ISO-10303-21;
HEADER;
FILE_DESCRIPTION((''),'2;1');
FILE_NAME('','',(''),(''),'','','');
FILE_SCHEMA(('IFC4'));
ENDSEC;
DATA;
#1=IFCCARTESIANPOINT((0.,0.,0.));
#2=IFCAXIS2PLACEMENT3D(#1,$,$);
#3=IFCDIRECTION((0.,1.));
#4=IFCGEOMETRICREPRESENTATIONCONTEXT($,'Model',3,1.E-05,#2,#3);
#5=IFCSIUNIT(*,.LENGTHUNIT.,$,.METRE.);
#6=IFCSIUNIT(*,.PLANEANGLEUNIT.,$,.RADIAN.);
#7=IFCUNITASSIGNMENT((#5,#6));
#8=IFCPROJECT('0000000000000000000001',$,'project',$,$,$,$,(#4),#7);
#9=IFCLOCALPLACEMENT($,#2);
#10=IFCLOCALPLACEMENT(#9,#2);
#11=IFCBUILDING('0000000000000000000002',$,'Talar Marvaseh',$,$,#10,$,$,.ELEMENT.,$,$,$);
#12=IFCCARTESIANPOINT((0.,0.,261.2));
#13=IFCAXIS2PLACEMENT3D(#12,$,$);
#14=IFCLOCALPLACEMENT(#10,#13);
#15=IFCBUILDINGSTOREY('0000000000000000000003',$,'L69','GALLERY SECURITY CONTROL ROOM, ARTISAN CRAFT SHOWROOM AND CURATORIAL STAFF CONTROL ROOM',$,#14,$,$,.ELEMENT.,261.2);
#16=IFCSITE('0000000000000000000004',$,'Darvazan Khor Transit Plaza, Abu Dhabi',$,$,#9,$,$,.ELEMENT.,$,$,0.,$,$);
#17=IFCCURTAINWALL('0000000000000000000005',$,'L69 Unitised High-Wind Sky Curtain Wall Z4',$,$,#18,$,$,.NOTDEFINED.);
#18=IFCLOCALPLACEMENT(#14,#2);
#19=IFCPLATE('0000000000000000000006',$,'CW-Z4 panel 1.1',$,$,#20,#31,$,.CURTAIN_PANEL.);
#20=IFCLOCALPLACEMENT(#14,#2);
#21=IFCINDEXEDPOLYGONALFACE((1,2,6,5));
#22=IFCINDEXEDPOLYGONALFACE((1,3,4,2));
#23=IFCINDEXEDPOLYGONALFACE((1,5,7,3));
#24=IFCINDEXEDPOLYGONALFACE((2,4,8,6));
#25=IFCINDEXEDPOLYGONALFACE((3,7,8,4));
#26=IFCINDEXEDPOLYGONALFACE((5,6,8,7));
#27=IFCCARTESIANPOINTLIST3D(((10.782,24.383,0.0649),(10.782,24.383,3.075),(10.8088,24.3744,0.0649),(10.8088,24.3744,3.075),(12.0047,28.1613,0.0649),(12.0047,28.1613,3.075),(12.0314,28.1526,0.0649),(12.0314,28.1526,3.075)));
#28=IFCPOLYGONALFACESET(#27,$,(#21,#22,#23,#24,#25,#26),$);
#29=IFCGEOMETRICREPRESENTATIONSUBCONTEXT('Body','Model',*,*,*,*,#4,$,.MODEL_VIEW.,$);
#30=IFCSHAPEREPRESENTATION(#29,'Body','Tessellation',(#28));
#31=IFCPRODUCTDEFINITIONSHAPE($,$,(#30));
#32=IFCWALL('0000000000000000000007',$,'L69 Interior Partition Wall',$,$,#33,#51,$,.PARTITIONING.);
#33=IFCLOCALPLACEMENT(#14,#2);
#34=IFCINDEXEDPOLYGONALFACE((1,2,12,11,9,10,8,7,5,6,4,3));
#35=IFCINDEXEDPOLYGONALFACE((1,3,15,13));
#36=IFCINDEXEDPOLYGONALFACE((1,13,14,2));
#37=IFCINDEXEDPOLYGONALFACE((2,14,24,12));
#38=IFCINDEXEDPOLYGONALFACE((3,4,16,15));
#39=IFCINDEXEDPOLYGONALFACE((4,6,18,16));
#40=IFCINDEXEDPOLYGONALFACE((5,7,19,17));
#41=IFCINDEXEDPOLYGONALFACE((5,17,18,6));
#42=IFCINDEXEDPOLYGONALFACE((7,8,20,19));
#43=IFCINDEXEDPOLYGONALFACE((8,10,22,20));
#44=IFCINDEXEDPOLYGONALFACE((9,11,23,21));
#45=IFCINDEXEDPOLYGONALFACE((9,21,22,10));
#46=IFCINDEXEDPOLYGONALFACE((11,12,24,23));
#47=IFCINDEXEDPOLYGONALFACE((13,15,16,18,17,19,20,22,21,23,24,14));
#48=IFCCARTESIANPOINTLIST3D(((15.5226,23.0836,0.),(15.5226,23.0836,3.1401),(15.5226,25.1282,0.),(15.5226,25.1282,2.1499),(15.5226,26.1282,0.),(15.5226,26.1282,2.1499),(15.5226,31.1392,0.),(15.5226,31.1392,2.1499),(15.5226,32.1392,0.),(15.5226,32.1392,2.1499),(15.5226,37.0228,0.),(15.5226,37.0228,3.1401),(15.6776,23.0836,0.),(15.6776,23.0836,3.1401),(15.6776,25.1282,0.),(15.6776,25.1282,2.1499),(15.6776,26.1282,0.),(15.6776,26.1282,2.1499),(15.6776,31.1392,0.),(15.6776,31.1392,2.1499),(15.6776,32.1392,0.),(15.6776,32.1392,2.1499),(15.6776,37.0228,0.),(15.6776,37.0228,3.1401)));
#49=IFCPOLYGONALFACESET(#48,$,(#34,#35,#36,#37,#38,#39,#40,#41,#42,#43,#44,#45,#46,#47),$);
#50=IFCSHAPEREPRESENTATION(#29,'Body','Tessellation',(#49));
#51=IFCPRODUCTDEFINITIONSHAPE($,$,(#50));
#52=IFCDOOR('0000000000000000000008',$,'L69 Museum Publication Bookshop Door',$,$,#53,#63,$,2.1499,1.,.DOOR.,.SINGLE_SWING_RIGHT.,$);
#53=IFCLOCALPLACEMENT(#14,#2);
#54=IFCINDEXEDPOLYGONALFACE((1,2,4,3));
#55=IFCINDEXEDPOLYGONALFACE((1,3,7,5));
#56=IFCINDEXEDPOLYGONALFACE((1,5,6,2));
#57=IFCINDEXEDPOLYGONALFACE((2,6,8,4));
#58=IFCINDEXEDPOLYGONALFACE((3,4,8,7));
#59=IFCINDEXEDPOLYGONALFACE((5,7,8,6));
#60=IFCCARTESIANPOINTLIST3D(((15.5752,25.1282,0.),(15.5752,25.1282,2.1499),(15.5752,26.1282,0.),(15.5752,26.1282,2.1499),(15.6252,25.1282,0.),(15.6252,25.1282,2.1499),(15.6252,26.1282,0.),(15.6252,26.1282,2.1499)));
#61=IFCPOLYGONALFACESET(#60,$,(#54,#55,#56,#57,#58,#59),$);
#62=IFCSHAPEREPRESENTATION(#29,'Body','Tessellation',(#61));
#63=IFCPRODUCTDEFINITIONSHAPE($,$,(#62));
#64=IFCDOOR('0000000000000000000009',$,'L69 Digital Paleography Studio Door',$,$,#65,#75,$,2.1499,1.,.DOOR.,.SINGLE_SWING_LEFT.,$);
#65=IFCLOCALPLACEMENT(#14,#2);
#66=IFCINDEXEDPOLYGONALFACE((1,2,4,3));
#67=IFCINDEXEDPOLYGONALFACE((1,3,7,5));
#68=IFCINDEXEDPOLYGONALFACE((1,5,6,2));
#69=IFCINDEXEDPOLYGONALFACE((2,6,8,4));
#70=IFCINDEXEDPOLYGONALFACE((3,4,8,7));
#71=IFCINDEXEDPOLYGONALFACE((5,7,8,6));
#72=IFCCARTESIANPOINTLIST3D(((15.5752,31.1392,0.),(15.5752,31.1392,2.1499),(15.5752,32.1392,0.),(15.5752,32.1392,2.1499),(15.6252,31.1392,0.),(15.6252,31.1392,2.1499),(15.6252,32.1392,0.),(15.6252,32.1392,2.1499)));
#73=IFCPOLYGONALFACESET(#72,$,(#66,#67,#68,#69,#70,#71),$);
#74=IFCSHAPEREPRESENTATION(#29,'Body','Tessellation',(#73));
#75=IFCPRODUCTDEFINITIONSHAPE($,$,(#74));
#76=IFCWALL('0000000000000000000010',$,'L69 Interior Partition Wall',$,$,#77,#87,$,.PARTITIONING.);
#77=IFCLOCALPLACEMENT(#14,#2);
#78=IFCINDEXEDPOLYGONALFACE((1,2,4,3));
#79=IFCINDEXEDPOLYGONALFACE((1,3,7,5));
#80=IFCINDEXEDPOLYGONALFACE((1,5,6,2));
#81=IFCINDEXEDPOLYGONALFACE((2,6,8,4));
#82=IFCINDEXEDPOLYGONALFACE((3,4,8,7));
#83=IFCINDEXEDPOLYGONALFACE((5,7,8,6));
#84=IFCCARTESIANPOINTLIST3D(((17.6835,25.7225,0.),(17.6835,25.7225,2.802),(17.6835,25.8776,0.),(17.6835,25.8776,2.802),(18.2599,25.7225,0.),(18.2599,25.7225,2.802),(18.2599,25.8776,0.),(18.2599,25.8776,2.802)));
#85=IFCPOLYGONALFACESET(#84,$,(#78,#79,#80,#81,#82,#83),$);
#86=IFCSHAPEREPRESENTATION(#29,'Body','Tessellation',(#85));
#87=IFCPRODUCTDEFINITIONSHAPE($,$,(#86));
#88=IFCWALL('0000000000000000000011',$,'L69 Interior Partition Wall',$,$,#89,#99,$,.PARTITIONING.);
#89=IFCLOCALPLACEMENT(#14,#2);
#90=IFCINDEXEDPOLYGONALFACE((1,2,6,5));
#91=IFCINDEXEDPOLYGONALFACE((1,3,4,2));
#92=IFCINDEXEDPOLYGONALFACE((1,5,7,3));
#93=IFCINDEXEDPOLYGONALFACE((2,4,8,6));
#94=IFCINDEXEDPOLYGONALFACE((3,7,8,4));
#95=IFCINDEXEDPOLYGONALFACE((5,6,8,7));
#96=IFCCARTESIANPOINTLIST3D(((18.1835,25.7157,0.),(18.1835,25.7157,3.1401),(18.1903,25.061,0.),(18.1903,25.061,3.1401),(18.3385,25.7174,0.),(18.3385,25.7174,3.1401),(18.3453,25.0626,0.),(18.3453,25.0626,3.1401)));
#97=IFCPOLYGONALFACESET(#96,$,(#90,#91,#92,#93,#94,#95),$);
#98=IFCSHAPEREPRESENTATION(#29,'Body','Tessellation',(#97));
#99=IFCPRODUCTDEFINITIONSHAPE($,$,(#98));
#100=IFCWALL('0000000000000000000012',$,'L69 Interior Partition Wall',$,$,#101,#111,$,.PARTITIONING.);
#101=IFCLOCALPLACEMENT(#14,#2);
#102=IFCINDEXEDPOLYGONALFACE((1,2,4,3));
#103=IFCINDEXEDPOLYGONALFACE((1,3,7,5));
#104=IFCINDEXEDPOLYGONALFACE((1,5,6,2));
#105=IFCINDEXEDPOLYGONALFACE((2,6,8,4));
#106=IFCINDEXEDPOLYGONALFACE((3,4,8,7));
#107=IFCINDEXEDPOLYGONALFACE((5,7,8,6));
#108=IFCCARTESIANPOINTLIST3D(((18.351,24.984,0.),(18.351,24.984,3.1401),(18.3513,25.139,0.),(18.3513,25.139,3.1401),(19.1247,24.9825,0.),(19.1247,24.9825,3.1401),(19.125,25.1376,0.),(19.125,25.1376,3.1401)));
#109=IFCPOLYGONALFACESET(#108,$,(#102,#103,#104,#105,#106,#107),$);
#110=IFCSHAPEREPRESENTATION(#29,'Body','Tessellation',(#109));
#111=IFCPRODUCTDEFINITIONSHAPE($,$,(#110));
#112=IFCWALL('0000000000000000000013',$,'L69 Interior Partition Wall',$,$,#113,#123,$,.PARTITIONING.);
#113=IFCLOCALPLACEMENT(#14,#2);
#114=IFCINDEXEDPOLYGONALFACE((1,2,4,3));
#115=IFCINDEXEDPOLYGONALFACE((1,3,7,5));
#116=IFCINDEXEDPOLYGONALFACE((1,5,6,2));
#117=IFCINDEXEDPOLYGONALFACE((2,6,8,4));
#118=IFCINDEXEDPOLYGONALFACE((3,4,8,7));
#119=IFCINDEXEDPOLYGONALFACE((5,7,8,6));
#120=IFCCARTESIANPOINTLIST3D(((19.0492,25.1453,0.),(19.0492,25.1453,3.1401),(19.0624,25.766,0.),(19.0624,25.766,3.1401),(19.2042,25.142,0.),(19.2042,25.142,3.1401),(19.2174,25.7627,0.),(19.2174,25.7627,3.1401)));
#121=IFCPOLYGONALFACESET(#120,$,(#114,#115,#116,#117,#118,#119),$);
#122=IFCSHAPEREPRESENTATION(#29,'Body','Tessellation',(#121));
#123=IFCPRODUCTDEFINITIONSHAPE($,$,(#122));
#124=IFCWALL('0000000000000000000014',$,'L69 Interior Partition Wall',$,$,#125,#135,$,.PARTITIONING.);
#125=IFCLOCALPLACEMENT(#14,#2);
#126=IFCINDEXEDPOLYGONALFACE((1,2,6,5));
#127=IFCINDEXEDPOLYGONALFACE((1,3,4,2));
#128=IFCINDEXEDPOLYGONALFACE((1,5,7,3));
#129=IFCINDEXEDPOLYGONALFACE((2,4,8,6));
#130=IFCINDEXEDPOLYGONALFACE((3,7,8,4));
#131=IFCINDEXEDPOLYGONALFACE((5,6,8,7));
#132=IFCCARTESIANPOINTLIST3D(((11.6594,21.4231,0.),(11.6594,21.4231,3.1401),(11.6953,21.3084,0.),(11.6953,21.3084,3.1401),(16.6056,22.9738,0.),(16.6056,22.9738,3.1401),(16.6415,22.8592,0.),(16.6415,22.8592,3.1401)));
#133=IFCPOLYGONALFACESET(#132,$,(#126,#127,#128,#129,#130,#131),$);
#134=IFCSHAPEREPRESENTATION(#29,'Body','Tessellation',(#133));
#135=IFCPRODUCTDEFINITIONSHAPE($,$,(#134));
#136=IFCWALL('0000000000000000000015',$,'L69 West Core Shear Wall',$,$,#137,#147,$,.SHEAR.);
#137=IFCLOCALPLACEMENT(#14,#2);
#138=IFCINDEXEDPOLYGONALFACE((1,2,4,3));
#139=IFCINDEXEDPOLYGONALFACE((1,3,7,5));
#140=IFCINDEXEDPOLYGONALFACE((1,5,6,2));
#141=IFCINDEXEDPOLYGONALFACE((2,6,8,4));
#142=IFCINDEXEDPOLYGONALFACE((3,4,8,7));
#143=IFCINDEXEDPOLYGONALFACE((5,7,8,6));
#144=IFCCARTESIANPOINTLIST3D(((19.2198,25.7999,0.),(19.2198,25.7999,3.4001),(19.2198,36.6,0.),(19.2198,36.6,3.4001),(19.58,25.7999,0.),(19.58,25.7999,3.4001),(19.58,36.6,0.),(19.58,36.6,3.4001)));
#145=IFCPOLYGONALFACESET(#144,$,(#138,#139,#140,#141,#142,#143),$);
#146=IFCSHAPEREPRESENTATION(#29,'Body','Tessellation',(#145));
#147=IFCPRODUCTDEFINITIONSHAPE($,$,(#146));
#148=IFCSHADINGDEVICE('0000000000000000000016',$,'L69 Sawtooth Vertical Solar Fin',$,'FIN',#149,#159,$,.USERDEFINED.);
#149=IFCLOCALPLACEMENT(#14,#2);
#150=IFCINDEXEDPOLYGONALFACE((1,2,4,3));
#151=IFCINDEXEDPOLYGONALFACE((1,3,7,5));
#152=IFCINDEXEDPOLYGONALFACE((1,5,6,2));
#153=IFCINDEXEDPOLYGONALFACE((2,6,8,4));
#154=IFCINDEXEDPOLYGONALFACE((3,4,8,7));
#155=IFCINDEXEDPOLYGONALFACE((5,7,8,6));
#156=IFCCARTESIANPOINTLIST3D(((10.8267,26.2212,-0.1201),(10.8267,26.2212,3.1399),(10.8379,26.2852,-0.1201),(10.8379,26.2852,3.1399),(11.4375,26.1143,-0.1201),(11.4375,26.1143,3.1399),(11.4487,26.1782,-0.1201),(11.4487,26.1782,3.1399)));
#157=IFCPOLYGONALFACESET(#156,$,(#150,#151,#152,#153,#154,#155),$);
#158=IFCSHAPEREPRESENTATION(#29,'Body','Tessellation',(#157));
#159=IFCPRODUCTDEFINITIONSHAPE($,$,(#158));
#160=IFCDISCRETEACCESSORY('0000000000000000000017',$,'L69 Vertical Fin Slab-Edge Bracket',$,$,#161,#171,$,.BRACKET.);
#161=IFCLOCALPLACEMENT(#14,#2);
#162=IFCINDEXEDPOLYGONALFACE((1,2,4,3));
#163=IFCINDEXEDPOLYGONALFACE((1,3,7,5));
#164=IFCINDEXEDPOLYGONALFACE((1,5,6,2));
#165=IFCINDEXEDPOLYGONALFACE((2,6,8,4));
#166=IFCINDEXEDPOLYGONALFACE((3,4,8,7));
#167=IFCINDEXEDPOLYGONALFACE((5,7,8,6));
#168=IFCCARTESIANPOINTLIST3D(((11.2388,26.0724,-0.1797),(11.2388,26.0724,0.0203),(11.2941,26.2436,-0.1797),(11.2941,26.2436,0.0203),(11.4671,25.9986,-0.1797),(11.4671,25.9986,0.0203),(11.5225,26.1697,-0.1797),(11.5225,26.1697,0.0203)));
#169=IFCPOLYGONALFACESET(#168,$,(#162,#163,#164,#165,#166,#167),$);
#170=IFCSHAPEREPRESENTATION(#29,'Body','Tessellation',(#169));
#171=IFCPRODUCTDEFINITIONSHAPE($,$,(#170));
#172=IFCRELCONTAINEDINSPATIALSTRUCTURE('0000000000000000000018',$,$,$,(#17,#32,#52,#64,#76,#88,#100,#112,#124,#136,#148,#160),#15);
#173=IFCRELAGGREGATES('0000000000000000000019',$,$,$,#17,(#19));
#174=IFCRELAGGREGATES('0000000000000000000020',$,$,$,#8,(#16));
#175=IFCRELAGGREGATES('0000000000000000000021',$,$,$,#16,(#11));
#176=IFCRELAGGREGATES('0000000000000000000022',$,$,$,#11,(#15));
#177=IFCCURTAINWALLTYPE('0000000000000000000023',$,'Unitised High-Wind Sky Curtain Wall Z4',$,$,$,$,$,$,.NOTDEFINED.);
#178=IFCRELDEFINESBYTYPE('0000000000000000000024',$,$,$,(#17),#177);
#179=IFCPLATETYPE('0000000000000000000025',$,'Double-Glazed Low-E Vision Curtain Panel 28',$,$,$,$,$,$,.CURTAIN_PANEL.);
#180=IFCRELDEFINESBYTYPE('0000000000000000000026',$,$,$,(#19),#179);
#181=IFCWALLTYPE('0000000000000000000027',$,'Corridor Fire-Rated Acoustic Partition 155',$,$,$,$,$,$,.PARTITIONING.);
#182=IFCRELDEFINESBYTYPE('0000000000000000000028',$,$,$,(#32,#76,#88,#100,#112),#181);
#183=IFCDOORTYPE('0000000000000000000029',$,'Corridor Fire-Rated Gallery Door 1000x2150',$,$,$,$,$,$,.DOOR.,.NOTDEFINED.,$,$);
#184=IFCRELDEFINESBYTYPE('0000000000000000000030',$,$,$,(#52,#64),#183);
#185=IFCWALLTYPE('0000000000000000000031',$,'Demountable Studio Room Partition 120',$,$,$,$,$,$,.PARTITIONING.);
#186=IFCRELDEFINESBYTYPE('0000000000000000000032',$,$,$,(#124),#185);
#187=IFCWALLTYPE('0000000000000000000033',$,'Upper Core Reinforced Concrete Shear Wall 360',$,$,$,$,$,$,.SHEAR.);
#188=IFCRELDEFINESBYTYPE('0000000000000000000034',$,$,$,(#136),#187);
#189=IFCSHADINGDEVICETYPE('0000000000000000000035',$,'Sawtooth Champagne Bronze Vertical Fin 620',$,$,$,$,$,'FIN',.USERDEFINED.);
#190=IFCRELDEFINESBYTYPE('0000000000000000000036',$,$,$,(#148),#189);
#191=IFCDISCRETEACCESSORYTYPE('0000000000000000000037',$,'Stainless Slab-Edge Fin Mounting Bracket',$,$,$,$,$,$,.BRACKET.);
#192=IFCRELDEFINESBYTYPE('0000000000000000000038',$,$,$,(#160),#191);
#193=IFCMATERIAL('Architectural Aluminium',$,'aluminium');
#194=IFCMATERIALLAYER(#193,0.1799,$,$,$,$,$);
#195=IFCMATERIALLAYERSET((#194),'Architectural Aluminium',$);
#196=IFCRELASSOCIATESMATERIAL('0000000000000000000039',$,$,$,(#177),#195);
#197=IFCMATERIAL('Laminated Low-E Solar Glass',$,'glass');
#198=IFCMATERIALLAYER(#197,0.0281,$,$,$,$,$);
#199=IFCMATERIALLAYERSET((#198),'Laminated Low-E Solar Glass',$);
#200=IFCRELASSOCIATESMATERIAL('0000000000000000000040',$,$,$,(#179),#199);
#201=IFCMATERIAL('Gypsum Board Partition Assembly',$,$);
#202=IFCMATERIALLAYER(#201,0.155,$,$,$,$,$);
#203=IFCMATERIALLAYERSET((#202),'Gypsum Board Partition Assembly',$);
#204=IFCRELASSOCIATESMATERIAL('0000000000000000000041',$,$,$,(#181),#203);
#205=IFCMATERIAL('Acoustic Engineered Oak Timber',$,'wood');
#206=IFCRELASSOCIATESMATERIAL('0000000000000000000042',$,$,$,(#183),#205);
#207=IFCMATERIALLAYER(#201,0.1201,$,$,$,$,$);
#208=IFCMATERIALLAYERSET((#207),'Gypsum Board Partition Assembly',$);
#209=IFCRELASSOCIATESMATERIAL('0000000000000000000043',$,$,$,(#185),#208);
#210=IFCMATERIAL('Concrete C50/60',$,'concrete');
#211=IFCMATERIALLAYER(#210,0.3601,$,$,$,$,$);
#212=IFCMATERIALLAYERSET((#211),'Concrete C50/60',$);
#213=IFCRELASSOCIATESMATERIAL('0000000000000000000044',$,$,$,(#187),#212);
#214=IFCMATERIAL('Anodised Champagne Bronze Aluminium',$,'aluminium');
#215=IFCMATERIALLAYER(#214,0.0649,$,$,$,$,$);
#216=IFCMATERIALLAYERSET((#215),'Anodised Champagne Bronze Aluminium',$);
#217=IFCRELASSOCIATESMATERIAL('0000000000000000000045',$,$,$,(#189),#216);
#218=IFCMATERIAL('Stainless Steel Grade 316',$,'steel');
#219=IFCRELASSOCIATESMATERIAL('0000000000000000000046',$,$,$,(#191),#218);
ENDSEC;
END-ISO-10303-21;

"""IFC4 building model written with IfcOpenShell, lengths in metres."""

from ifc_helpers import new_model, si_unit, direction, frame, frame_2d, origin, origin_2d, place, context, subcontext, project, spatial, rectangle, extrude, source, transform, mapped, material, layer, layer_set, type_object, type_shapes, element, fill, aggregate, save


model = new_model("IFC4")

# Units and contexts
model_context = context("Model", 3, precision=1e-05, world=origin(), true_north=direction((0.0, 1.0)))
body_context = subcontext(model_context, "Body", "Model", "MODEL_VIEW")
ifc_project = project(units=[si_unit("LENGTHUNIT", "METRE"), si_unit("PLANEANGLEUNIT", "RADIAN")], contexts=[model_context])

# Site, building, storey
site_placement = place(None, origin())
site = spatial("IfcSite", under=ifc_project, at=site_placement, Name="Darvazan Khor Transit Plaza, Abu Dhabi", CompositionType="ELEMENT", RefElevation=0.0)
building_placement = place(site_placement, origin())
building = spatial("IfcBuilding", under=site, at=building_placement, Name="Talar Marvaseh", CompositionType="ELEMENT")
storey_placement = place(building_placement, frame((0.0, 0.0, 261.2)))
storey = spatial("IfcBuildingStorey", under=building, at=storey_placement, Name="L69", Description="GALLERY SECURITY CONTROL ROOM, ARTISAN CRAFT SHOWROOM AND CURATORIAL STAFF CONTROL ROOM", CompositionType="ELEMENT", Elevation=261.2)

# Shared definitions
ifc_material_1 = material(Name="Concrete C50/60", Category="concrete")

# Curtain wall, plate
ifc_material_2 = material(Name="Architectural Aluminium", Category="aluminium")
ifc_layer_1 = layer(ifc_material_2, 0.1799)
ifc_layer_set_1 = layer_set([ifc_layer_1], Name="Architectural Aluminium")
curtain_wall_type = type_object("IfcCurtainWallType", Name="Unitised High-Wind Sky Curtain Wall Z4", PredefinedType="NOTDEFINED", material=ifc_layer_set_1)
curtain_wall_placement = place(storey_placement, origin())
curtain_wall = element("IfcCurtainWall", 1, at=curtain_wall_placement, inside=storey, type_object=curtain_wall_type, Name="L69 Unitised High-Wind Sky Curtain Wall Z4", PredefinedType="NOTDEFINED")
ifc_material_3 = material(Name="Laminated Low-E Solar Glass", Category="glass")
ifc_layer_2 = layer(ifc_material_3, 0.0281)
ifc_layer_set_2 = layer_set([ifc_layer_2], Name="Laminated Low-E Solar Glass")
plate_type = type_object("IfcPlateType", Name="Double-Glazed Low-E Vision Curtain Panel 28", PredefinedType="CURTAIN_PANEL", material=ifc_layer_set_2)
shared_shape_1 = source(origin(), body_context, "Body", "SweptSolid", [
    extrude(rectangle(XDim=3.9712, YDim=0.0281, at=origin_2d()), origin(), (0.0, 0.0, 1.0), 3.01),
])
type_shapes(plate_type, [shared_shape_1])
plate_placement = place(storey_placement, frame((11.4067, 26.2678, 0.0649), z_axis=(0.0, 0.0, 1.0), x_axis=(0.307889, 0.951422, 0.0)))
plate = element("IfcPlate", 2, at=plate_placement, type_object=plate_type, Name="CW-Z4 panel 1.1", PredefinedType="CURTAIN_PANEL", context=body_context, shape_type="MappedRepresentation", body=[
    mapped(shared_shape_1, transform((0.0, 0.0, 0.0), x_axis=(1.0, 0.0, 0.0), y_axis=(0.0, 1.0, 0.0), z_axis=(0.0, 0.0, 1.0), scale=1.0)),
])
aggregate(curtain_wall, [plate])

# Wall, openings, doors
ifc_material_4 = material(Name="Gypsum Board Partition Assembly")
ifc_layer_3 = layer(ifc_material_4, 0.155)
ifc_layer_set_3 = layer_set([ifc_layer_3], Name="Gypsum Board Partition Assembly")
wall_type_1 = type_object("IfcWallType", Name="Corridor Fire-Rated Acoustic Partition 155", PredefinedType="PARTITIONING", material=ifc_layer_set_3)
wall_1_placement = place(storey_placement, frame((15.6001, 23.0835, 0.0), z_axis=(0.0, 0.0, 1.0), x_axis=(0.0, 1.0, 0.0)))
wall_1 = element("IfcWall", 3, at=wall_1_placement, inside=storey, type_object=wall_type_1, Name="L69 Interior Partition Wall", PredefinedType="PARTITIONING", context=body_context, shape_type="SweptSolid", body=[
    extrude(rectangle(XDim=13.9392, YDim=0.155, at=frame_2d((6.9697, 0.0))), origin(), (0.0, 0.0, 1.0), 3.1401),
])
opening_1_placement = place(wall_1_placement, frame((2.0447, 0.0, 0.0)))
opening_1 = element("IfcOpeningElement", 4, at=opening_1_placement, cuts=wall_1, PredefinedType="OPENING", context=body_context, shape_type="SweptSolid", body=[
    extrude(rectangle(XDim=1.0, YDim=2.1499, at=frame_2d((0.5, 1.075))), frame((0.0, 0.0874, 0.0), z_axis=(0.0, -1.0, 0.0), x_axis=(1.0, 0.0, 0.0)), (0.0, 0.0, 1.0), 0.175),
])
opening_2_placement = place(wall_1_placement, frame((8.0557, 0.0, 0.0)))
opening_2 = element("IfcOpeningElement", 5, at=opening_2_placement, cuts=wall_1, PredefinedType="OPENING", context=body_context, shape_type="SweptSolid", body=[
    extrude(rectangle(XDim=1.0, YDim=2.1499, at=frame_2d((0.5, 1.075))), frame((0.0, 0.0874, 0.0), z_axis=(0.0, -1.0, 0.0), x_axis=(1.0, 0.0, 0.0)), (0.0, 0.0, 1.0), 0.175),
])
ifc_material_5 = material(Name="Acoustic Engineered Oak Timber", Category="wood")
door_type = type_object("IfcDoorType", Name="Corridor Fire-Rated Gallery Door 1000x2150", OperationType="NOTDEFINED", PredefinedType="DOOR", material=ifc_material_5)
shared_shape_2 = source(origin(), body_context, "Body", "SweptSolid", [
    extrude(rectangle(XDim=1.0, YDim=2.1499, at=frame_2d((0.5, 1.075))), frame((0.0, 0.0249, 0.0), z_axis=(0.0, -1.0, 0.0), x_axis=(1.0, 0.0, 0.0)), (0.0, 0.0, 1.0), 0.05),
])
type_shapes(door_type, [shared_shape_2])
door_1_placement = place(opening_1_placement, origin())
door_1 = element("IfcDoor", 6, at=door_1_placement, inside=storey, type_object=door_type, Name="L69 Museum Publication Bookshop Door", OperationType="SINGLE_SWING_RIGHT", OverallHeight=2.1499, OverallWidth=1.0, PredefinedType="DOOR", context=body_context, shape_type="MappedRepresentation", body=[
    mapped(shared_shape_2, transform((0.0, 0.0, 0.0), x_axis=(1.0, 0.0, 0.0), y_axis=(0.0, 1.0, 0.0), z_axis=(0.0, 0.0, 1.0), scale=1.0)),
])
fill(opening_1, door_1)
door_2_placement = place(opening_2_placement, origin())
door_2 = element("IfcDoor", 7, at=door_2_placement, inside=storey, type_object=door_type, Name="L69 Digital Paleography Studio Door", OperationType="SINGLE_SWING_LEFT", OverallHeight=2.1499, OverallWidth=1.0, PredefinedType="DOOR", context=body_context, shape_type="MappedRepresentation", body=[
    mapped(shared_shape_2, transform((0.0, 0.0, 0.0), x_axis=(1.0, 0.0, 0.0), y_axis=(0.0, 1.0, 0.0), z_axis=(0.0, 0.0, 1.0), scale=1.0)),
])
fill(opening_2, door_2)

# Walls
wall_2_placement = place(storey_placement, frame((17.6836, 25.8, 0.0), z_axis=(0.0, 0.0, 1.0), x_axis=(1.0, 0.0, 0.0)))
element("IfcWall", 8, at=wall_2_placement, inside=storey, type_object=wall_type_1, Name="L69 Interior Partition Wall", PredefinedType="PARTITIONING", context=body_context, shape_type="SweptSolid", body=[
    extrude(rectangle(XDim=0.5764, YDim=0.155, at=frame_2d((0.2881, 0.0))), origin(), (0.0, 0.0, 1.0), 2.802),
])
wall_3_placement = place(storey_placement, frame((18.261, 25.7166, 0.0), z_axis=(0.0, 0.0, 1.0), x_axis=(0.010439, -0.999946, 0.0)))
element("IfcWall", 9, at=wall_3_placement, inside=storey, type_object=wall_type_1, Name="L69 Interior Partition Wall", PredefinedType="PARTITIONING", context=body_context, shape_type="SweptSolid", body=[
    extrude(rectangle(XDim=0.6548, YDim=0.155, at=frame_2d((0.3274, 0.0))), origin(), (0.0, 0.0, 1.0), 3.1401),
])
wall_4_placement = place(storey_placement, frame((18.3513, 25.0615, 0.0), z_axis=(0.0, 0.0, 1.0), x_axis=(0.999998, -0.001893, 0.0)))
element("IfcWall", 10, at=wall_4_placement, inside=storey, type_object=wall_type_1, Name="L69 Interior Partition Wall", PredefinedType="PARTITIONING", context=body_context, shape_type="SweptSolid", body=[
    extrude(rectangle(XDim=0.7737, YDim=0.155, at=frame_2d((0.3867, 0.0))), origin(), (0.0, 0.0, 1.0), 3.1401),
])
wall_5_placement = place(storey_placement, frame((19.1267, 25.1436, 0.0), z_axis=(0.0, 0.0, 1.0), x_axis=(0.021238, 0.999774, 0.0)))
element("IfcWall", 11, at=wall_5_placement, inside=storey, type_object=wall_type_1, Name="L69 Interior Partition Wall", PredefinedType="PARTITIONING", context=body_context, shape_type="SweptSolid", body=[
    extrude(rectangle(XDim=0.6208, YDim=0.155, at=frame_2d((0.3105, 0.0))), origin(), (0.0, 0.0, 1.0), 3.1401),
])
ifc_layer_4 = layer(ifc_material_4, 0.1201)
ifc_layer_set_4 = layer_set([ifc_layer_4], Name="Gypsum Board Partition Assembly")
wall_type_2 = type_object("IfcWallType", Name="Demountable Studio Room Partition 120", PredefinedType="PARTITIONING", material=ifc_layer_set_4)
wall_6_placement = place(storey_placement, frame((16.6235, 22.9165, 0.0), z_axis=(0.0, 0.0, 1.0), x_axis=(-0.954201, -0.299165, 0.0)))
element("IfcWall", 12, at=wall_6_placement, inside=storey, type_object=wall_type_2, Name="L69 Interior Partition Wall", PredefinedType="PARTITIONING", context=body_context, shape_type="SweptSolid", body=[
    extrude(rectangle(XDim=5.1836, YDim=0.1201, at=frame_2d((2.5918, 0.0))), origin(), (0.0, 0.0, 1.0), 3.1401),
])
ifc_layer_5 = layer(ifc_material_1, 0.3601)
ifc_layer_set_5 = layer_set([ifc_layer_5], Name="Concrete C50/60")
wall_type_3 = type_object("IfcWallType", Name="Upper Core Reinforced Concrete Shear Wall 360", PredefinedType="SHEAR", material=ifc_layer_set_5)
wall_7_placement = place(storey_placement, frame((19.3999, 25.8, 0.0), z_axis=(0.0, 0.0, 1.0), x_axis=(0.0, 1.0, 0.0)))
element("IfcWall", 13, at=wall_7_placement, inside=storey, type_object=wall_type_3, Name="L69 West Core Shear Wall", PredefinedType="SHEAR", context=body_context, shape_type="SweptSolid", body=[
    extrude(rectangle(XDim=10.8, YDim=0.3601, at=frame_2d((5.3999, 0.0))), origin(), (0.0, 0.0, 1.0), 3.4001),
])

# Shading device
ifc_material_6 = material(Name="Anodised Champagne Bronze Aluminium", Category="aluminium")
ifc_layer_6 = layer(ifc_material_6, 0.0649)
ifc_layer_set_6 = layer_set([ifc_layer_6], Name="Anodised Champagne Bronze Aluminium")
shading_device_type = type_object("IfcShadingDeviceType", Name="Sawtooth Champagne Bronze Vertical Fin 620", ElementType="FIN", PredefinedType="USERDEFINED", material=ifc_layer_set_6)
shared_shape_3 = source(origin(), body_context, "Body", "SweptSolid", [
    extrude(rectangle(XDim=0.6201, YDim=0.0649, at=origin_2d()), origin(), (0.0, 0.0, 1.0), 3.26),
])
type_shapes(shading_device_type, [shared_shape_3])
shading_device_placement = place(storey_placement, frame((11.1377, 26.1997, -0.1201), z_axis=(0.0, 0.0, 1.0), x_axis=(-0.985019, 0.172445, 0.0)))
element("IfcShadingDevice", 14, at=shading_device_placement, inside=storey, type_object=shading_device_type, Name="L69 Sawtooth Vertical Solar Fin", ObjectType="FIN", PredefinedType="USERDEFINED", context=body_context, shape_type="MappedRepresentation", body=[
    mapped(shared_shape_3, transform((0.0, 0.0, 0.0), x_axis=(1.0, 0.0, 0.0), y_axis=(0.0, 1.0, 0.0), z_axis=(0.0, 0.0, 1.0), scale=1.0)),
])

# Discrete accessory
ifc_material_7 = material(Name="Stainless Steel Grade 316", Category="steel")
discrete_accessory_type = type_object("IfcDiscreteAccessoryType", Name="Stainless Slab-Edge Fin Mounting Bracket", PredefinedType="BRACKET", material=ifc_material_7)
shared_shape_4 = source(origin(), body_context, "Body", "SweptSolid", [
    extrude(rectangle(XDim=0.24, YDim=0.1799, at=origin_2d()), origin(), (0.0, 0.0, 1.0), 0.2),
])
type_shapes(discrete_accessory_type, [shared_shape_4])
discrete_accessory_placement = place(storey_placement, frame((11.3806, 26.1211, -0.1797), z_axis=(0.0, 0.0, 1.0), x_axis=(-0.951433, 0.307855, 0.0)))
element("IfcDiscreteAccessory", 15, at=discrete_accessory_placement, inside=storey, type_object=discrete_accessory_type, Name="L69 Vertical Fin Slab-Edge Bracket", PredefinedType="BRACKET", context=body_context, shape_type="MappedRepresentation", body=[
    mapped(shared_shape_4, transform((0.0, 0.0, 0.0), x_axis=(1.0, 0.0, 0.0), y_axis=(0.0, 1.0, 0.0), z_axis=(0.0, 0.0, 1.0), scale=1.0)),
])

save(model, "model.ifc")
